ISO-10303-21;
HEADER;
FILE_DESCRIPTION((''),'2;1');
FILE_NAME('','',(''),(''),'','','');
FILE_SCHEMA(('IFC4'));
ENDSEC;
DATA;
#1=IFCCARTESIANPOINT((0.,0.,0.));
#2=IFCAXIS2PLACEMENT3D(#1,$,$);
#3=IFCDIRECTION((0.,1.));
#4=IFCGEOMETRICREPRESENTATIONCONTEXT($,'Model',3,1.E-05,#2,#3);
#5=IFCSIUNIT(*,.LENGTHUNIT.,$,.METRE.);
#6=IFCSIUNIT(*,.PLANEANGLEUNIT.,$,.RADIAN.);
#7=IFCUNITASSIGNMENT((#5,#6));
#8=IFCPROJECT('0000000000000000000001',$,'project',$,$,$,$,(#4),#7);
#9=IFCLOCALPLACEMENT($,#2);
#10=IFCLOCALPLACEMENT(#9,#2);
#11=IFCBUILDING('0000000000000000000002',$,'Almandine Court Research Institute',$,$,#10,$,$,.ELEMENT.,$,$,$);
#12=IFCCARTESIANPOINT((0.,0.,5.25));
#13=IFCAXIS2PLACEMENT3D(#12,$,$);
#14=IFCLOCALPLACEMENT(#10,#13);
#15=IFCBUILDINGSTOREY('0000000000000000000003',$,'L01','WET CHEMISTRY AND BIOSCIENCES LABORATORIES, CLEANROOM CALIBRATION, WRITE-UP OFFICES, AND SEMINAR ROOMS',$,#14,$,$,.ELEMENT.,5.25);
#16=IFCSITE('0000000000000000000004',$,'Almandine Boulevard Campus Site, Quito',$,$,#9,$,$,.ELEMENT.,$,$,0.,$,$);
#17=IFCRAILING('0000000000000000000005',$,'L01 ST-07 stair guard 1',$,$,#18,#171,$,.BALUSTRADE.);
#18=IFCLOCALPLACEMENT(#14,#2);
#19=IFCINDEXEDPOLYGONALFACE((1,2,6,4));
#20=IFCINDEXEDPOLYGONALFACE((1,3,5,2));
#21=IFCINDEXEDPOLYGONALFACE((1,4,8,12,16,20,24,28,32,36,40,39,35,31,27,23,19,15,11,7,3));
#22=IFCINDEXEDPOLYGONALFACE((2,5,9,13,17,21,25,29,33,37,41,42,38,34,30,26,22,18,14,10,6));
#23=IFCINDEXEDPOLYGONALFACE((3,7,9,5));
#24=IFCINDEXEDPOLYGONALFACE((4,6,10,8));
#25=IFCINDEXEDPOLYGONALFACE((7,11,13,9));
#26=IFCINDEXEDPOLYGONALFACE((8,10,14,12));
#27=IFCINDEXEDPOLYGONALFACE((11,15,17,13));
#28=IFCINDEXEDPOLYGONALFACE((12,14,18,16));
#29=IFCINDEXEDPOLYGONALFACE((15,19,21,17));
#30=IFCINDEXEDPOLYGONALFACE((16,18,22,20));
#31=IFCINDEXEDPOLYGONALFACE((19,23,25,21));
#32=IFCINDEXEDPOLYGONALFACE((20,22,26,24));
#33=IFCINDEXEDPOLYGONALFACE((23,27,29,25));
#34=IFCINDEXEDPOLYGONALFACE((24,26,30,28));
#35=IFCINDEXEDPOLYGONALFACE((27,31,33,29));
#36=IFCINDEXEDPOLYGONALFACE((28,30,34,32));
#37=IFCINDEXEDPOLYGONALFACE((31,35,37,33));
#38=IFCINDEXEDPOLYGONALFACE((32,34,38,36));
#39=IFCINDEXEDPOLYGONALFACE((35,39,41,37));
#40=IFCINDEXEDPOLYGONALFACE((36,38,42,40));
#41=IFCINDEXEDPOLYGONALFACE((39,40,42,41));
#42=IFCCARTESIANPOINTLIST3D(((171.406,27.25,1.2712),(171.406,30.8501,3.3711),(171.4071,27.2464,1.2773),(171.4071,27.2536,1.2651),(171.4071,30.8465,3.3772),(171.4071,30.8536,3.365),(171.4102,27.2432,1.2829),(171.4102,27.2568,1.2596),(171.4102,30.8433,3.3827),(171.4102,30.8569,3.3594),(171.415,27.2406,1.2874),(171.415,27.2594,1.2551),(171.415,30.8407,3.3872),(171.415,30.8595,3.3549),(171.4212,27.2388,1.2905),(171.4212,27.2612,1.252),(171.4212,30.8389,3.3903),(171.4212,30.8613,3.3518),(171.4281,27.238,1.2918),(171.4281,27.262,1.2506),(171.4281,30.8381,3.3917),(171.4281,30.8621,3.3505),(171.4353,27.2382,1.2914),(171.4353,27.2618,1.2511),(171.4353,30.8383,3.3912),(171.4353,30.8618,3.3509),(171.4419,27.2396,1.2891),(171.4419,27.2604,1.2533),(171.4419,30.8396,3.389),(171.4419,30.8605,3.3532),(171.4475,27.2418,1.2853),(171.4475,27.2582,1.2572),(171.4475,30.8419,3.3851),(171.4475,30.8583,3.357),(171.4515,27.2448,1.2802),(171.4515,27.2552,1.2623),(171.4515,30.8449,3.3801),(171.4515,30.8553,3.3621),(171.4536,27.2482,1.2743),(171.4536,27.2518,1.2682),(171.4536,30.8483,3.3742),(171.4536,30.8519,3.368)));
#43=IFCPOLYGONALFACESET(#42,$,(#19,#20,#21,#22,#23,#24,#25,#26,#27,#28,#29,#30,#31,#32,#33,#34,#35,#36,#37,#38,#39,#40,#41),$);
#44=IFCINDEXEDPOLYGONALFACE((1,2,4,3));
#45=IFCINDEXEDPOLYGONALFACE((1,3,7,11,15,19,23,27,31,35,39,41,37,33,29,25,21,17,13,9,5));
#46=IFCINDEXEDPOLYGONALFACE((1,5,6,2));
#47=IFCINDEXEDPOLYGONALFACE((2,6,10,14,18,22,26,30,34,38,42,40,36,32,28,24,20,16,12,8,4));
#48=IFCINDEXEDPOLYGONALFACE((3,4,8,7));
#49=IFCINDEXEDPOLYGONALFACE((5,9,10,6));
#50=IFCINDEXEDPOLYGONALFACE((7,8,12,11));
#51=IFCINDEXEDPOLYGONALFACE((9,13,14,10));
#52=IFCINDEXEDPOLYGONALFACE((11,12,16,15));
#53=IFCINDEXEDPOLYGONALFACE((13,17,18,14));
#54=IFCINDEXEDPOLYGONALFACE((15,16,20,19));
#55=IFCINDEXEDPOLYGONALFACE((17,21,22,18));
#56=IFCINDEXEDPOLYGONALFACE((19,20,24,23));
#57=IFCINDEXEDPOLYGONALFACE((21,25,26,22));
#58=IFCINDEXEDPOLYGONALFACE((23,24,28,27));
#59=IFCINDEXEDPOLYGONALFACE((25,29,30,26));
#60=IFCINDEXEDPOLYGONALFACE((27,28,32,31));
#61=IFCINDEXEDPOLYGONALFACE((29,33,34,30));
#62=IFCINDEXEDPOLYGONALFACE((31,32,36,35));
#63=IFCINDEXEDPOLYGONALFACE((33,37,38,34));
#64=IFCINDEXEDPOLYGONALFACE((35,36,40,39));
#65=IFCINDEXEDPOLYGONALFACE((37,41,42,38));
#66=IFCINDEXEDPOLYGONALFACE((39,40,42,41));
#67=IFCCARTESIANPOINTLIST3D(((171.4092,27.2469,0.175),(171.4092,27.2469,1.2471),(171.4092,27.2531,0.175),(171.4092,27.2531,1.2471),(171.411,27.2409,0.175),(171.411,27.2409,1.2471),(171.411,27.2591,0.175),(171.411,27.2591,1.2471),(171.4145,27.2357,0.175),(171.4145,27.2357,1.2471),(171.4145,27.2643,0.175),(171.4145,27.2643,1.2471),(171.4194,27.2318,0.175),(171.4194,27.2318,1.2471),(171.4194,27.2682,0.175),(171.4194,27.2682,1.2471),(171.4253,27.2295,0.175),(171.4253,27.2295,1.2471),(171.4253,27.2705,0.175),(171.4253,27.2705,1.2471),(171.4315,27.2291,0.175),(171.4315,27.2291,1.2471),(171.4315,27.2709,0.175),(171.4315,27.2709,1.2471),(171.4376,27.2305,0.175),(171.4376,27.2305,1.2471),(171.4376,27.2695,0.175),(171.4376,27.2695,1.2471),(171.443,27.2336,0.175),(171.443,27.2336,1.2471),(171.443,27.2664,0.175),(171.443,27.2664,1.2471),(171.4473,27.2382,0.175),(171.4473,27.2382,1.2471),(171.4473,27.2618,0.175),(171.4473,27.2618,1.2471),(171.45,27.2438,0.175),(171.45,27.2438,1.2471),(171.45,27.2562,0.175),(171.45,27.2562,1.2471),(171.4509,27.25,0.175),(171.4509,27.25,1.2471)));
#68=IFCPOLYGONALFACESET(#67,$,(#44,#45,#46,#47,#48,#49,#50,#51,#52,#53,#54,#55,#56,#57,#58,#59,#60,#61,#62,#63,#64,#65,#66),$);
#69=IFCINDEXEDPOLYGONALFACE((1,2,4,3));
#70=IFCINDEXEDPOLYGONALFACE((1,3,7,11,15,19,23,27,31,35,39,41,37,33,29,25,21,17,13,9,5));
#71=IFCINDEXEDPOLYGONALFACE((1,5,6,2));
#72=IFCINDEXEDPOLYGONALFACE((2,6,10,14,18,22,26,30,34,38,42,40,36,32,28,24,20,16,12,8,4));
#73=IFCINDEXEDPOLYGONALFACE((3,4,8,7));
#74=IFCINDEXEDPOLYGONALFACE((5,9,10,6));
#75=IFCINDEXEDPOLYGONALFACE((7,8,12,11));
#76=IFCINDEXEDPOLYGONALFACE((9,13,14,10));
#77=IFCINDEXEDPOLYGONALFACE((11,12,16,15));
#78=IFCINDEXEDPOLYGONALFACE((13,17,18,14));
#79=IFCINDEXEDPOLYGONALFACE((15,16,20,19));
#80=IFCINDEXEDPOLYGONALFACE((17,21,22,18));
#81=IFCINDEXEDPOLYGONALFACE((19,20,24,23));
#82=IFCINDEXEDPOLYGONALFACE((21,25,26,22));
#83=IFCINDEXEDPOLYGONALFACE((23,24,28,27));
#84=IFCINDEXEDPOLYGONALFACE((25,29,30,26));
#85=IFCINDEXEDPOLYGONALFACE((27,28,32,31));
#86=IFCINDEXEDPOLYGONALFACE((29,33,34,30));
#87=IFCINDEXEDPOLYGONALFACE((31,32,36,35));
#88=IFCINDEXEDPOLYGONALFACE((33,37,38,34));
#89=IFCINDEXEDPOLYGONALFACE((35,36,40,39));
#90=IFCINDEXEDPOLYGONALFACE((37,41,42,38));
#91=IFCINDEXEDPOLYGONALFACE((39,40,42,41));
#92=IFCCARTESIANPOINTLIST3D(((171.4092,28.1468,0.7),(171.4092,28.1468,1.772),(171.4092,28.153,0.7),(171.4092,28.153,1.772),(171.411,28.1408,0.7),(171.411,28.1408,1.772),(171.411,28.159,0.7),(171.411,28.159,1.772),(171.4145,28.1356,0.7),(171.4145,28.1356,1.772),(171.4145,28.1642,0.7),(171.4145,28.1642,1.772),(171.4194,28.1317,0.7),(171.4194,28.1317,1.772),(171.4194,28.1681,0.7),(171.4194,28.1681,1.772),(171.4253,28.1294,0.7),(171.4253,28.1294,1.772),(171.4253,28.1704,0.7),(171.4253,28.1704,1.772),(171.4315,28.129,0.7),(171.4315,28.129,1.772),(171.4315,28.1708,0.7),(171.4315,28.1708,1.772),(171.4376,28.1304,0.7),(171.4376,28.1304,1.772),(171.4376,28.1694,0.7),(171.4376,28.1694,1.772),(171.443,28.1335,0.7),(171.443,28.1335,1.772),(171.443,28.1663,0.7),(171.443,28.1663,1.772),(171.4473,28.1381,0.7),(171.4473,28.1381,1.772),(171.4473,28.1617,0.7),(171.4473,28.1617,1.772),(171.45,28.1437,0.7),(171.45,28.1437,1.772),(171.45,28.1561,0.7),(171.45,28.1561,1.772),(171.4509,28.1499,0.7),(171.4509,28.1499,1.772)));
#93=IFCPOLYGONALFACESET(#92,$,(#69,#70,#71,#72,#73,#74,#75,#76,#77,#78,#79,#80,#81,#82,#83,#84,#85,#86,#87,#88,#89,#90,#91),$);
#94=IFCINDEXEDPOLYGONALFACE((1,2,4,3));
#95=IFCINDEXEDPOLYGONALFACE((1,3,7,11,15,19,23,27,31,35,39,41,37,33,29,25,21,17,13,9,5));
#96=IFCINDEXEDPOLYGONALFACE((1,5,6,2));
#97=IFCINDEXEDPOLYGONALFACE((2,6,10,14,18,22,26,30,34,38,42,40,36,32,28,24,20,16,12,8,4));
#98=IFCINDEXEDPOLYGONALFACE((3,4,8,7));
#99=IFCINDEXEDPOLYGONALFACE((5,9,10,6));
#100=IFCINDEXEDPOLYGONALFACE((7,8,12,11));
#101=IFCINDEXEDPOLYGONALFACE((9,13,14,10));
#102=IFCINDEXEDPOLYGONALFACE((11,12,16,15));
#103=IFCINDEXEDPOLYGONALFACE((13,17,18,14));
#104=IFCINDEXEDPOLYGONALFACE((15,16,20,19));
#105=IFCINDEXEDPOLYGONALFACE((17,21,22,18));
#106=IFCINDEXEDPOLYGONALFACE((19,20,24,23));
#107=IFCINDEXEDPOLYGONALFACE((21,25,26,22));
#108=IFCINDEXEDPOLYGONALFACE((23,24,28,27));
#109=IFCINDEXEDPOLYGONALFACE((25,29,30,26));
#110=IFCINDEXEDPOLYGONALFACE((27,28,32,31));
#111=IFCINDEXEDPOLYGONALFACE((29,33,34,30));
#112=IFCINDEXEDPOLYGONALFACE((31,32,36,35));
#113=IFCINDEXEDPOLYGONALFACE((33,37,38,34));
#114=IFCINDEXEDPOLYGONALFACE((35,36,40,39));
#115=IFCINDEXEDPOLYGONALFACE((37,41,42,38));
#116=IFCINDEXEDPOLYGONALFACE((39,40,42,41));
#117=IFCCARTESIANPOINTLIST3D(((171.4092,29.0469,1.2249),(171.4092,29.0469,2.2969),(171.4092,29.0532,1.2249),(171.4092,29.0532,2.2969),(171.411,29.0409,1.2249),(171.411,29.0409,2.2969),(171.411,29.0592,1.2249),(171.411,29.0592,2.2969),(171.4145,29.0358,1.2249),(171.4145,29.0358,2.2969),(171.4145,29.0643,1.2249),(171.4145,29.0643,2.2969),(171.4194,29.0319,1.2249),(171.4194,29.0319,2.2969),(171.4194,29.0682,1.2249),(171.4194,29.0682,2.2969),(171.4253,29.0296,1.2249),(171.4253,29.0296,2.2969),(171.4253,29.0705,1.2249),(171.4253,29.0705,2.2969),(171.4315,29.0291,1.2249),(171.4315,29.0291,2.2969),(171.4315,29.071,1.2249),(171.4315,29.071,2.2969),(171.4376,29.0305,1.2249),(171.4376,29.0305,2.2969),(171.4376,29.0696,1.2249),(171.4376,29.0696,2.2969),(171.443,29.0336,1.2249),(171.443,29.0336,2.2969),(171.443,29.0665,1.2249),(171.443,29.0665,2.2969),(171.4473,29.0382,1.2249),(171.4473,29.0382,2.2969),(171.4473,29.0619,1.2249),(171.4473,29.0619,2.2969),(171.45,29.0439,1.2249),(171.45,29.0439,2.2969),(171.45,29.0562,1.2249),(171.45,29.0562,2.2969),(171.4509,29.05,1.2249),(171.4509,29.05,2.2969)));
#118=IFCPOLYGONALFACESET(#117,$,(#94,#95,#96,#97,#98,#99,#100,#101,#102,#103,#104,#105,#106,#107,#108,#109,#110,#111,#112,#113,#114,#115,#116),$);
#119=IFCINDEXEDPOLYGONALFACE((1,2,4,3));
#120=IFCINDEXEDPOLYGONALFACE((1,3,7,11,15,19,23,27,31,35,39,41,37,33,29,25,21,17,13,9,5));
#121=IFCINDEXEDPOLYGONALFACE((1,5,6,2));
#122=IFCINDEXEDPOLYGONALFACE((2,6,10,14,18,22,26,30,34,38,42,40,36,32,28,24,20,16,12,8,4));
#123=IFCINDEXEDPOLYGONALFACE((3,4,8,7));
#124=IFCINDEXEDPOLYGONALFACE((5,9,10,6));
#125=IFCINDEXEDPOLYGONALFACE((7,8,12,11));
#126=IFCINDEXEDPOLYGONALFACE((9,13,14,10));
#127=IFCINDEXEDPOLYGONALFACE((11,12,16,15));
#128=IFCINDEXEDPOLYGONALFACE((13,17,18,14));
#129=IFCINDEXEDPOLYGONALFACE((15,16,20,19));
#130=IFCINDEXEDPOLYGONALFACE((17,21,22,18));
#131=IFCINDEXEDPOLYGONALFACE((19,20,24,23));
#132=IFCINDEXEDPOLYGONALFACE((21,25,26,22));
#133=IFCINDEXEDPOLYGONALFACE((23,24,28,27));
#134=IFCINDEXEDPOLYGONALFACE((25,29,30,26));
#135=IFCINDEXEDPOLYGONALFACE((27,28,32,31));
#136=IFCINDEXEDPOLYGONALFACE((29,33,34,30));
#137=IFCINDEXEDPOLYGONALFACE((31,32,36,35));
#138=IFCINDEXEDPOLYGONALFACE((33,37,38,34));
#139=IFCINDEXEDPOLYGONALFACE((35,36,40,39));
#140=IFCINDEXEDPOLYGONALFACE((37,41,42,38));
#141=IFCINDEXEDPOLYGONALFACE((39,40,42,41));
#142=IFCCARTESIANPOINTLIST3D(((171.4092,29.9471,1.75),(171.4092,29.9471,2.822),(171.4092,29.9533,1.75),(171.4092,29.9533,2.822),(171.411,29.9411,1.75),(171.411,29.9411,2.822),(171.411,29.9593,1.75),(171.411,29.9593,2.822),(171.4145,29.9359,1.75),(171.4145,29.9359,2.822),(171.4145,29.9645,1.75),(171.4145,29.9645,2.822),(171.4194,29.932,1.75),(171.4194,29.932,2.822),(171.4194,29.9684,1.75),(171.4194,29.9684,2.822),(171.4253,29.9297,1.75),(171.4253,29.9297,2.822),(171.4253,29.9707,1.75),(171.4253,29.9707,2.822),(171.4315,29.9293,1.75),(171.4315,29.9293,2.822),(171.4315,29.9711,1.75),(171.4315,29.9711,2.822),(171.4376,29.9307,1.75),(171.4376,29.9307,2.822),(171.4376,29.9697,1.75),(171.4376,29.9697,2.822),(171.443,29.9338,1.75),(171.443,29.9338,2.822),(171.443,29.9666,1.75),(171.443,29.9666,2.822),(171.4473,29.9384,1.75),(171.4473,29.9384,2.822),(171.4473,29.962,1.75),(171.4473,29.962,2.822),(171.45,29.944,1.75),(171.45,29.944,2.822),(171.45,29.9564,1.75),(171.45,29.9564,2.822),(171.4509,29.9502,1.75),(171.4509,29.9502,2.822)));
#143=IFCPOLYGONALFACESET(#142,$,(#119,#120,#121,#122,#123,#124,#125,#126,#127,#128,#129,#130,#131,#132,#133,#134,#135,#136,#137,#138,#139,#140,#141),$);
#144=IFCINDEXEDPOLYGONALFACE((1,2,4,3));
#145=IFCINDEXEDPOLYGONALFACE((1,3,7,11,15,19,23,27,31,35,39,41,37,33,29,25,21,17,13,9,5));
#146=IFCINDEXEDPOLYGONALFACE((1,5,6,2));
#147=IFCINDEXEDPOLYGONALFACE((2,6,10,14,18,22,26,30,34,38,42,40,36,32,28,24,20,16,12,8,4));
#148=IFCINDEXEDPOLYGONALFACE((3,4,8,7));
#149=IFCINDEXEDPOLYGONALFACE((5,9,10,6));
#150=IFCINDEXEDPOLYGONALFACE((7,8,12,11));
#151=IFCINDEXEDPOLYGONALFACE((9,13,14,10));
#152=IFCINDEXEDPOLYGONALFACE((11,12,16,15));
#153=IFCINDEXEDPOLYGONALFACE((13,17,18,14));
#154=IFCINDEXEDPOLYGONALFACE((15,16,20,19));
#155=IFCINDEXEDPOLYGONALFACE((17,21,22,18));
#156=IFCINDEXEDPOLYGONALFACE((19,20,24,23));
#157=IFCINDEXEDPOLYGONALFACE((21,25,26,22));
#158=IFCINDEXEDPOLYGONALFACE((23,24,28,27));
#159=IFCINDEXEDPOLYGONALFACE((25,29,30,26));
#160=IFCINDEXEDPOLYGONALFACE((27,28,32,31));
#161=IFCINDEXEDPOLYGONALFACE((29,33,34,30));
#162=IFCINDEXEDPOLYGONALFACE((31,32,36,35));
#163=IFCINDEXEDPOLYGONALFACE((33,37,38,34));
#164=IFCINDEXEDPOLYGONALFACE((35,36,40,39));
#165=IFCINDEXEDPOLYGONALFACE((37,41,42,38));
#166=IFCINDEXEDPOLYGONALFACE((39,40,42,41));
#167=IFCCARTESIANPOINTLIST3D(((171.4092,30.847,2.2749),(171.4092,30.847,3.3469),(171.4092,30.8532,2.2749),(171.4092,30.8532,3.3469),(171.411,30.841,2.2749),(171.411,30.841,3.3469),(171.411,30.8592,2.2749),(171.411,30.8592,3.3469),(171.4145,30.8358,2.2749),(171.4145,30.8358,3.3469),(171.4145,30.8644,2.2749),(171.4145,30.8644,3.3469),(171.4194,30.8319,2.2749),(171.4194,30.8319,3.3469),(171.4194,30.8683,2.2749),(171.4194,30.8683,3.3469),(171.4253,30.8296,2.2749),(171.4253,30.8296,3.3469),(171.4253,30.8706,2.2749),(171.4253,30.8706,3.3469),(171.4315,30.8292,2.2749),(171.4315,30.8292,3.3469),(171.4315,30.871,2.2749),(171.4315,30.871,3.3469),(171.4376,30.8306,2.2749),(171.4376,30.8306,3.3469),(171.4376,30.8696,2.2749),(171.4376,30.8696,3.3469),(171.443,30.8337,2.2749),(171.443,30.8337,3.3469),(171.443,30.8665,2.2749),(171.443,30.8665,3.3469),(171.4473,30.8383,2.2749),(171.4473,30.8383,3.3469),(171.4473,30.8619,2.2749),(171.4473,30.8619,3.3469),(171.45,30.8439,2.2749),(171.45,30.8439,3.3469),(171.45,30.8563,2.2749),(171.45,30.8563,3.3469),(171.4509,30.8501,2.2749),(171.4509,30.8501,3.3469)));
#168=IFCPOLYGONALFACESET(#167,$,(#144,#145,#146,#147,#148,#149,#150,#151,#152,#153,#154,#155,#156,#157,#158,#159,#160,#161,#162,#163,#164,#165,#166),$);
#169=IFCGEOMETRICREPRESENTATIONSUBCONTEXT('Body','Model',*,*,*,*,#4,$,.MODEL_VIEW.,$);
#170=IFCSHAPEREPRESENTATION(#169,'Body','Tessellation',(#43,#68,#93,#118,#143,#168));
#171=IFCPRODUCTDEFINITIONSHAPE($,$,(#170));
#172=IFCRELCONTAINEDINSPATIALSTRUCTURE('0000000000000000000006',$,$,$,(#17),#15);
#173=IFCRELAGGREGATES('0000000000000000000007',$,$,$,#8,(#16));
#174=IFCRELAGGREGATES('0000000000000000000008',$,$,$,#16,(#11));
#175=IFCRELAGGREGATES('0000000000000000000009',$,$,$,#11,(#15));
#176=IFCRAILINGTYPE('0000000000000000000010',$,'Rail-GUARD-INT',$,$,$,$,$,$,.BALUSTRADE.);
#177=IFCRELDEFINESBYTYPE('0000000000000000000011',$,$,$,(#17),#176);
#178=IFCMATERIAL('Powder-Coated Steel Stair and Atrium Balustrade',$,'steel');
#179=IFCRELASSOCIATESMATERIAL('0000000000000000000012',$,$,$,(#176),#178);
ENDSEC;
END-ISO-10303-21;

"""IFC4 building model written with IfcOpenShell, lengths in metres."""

from ifc_helpers import new_model, si_unit, direction, frame, origin, origin_2d, place, context, subcontext, project, spatial, circle, extrude, material, type_object, element, save


model = new_model("IFC4")

# Units and contexts
model_context = context("Model", 3, precision=1e-05, world=origin(), true_north=direction((0.0, 1.0)))
body_context = subcontext(model_context, "Body", "Model", "MODEL_VIEW")
ifc_project = project(units=[si_unit("LENGTHUNIT", "METRE"), si_unit("PLANEANGLEUNIT", "RADIAN")], contexts=[model_context])

# Site, building, storey
site_placement = place(None, origin())
site = spatial("IfcSite", under=ifc_project, at=site_placement, Name="Almandine Boulevard Campus Site, Quito", CompositionType="ELEMENT", RefElevation=0.0)
building_placement = place(site_placement, origin())
building = spatial("IfcBuilding", under=site, at=building_placement, Name="Almandine Court Research Institute", CompositionType="ELEMENT")
storey_placement = place(building_placement, frame((0.0, 0.0, 5.25)))
storey = spatial("IfcBuildingStorey", under=building, at=storey_placement, Name="L01", Description="WET CHEMISTRY AND BIOSCIENCES LABORATORIES, CLEANROOM CALIBRATION, WRITE-UP OFFICES, AND SEMINAR ROOMS", CompositionType="ELEMENT", Elevation=5.25)

# Railing
ifc_material_1 = material(Name="Powder-Coated Steel Stair and Atrium Balustrade", Category="steel")
railing_type_1 = type_object("IfcRailingType", Name="Rail-GUARD-INT", PredefinedType="BALUSTRADE", material=ifc_material_1)
railing_1_placement = place(storey_placement, frame((171.4299, 27.25, 0.175)))
element("IfcRailing", 1, at=railing_1_placement, inside=storey, type_object=railing_type_1, Name="L01 ST-07 stair guard 1", PredefinedType="BALUSTRADE", context=body_context, shape_type="SweptSolid", body=[
    extrude(circle(Radius=0.0239, at=origin_2d()), frame((0.0, 0.0, 1.0962), z_axis=(0.0, 0.8638, 0.503835), x_axis=(-1.0, 0.0, 0.0)), (0.0, 0.0, 1.0), 4.1677),
    extrude(circle(Radius=0.021, at=origin_2d()), origin(), (0.0, 0.0, 1.0), 1.072),
    extrude(circle(Radius=0.021, at=origin_2d()), frame((0.0, 0.8999, 0.5249)), (0.0, 0.0, 1.0), 1.072),
    extrude(circle(Radius=0.021, at=origin_2d()), frame((0.0, 1.8, 1.0498)), (0.0, 0.0, 1.0), 1.072),
    extrude(circle(Radius=0.021, at=origin_2d()), frame((0.0, 2.7002, 1.575)), (0.0, 0.0, 1.0), 1.072),
    extrude(circle(Radius=0.021, at=origin_2d()), frame((0.0, 3.6001, 2.0999)), (0.0, 0.0, 1.0), 1.072),
])

save(model, "model.ifc")
